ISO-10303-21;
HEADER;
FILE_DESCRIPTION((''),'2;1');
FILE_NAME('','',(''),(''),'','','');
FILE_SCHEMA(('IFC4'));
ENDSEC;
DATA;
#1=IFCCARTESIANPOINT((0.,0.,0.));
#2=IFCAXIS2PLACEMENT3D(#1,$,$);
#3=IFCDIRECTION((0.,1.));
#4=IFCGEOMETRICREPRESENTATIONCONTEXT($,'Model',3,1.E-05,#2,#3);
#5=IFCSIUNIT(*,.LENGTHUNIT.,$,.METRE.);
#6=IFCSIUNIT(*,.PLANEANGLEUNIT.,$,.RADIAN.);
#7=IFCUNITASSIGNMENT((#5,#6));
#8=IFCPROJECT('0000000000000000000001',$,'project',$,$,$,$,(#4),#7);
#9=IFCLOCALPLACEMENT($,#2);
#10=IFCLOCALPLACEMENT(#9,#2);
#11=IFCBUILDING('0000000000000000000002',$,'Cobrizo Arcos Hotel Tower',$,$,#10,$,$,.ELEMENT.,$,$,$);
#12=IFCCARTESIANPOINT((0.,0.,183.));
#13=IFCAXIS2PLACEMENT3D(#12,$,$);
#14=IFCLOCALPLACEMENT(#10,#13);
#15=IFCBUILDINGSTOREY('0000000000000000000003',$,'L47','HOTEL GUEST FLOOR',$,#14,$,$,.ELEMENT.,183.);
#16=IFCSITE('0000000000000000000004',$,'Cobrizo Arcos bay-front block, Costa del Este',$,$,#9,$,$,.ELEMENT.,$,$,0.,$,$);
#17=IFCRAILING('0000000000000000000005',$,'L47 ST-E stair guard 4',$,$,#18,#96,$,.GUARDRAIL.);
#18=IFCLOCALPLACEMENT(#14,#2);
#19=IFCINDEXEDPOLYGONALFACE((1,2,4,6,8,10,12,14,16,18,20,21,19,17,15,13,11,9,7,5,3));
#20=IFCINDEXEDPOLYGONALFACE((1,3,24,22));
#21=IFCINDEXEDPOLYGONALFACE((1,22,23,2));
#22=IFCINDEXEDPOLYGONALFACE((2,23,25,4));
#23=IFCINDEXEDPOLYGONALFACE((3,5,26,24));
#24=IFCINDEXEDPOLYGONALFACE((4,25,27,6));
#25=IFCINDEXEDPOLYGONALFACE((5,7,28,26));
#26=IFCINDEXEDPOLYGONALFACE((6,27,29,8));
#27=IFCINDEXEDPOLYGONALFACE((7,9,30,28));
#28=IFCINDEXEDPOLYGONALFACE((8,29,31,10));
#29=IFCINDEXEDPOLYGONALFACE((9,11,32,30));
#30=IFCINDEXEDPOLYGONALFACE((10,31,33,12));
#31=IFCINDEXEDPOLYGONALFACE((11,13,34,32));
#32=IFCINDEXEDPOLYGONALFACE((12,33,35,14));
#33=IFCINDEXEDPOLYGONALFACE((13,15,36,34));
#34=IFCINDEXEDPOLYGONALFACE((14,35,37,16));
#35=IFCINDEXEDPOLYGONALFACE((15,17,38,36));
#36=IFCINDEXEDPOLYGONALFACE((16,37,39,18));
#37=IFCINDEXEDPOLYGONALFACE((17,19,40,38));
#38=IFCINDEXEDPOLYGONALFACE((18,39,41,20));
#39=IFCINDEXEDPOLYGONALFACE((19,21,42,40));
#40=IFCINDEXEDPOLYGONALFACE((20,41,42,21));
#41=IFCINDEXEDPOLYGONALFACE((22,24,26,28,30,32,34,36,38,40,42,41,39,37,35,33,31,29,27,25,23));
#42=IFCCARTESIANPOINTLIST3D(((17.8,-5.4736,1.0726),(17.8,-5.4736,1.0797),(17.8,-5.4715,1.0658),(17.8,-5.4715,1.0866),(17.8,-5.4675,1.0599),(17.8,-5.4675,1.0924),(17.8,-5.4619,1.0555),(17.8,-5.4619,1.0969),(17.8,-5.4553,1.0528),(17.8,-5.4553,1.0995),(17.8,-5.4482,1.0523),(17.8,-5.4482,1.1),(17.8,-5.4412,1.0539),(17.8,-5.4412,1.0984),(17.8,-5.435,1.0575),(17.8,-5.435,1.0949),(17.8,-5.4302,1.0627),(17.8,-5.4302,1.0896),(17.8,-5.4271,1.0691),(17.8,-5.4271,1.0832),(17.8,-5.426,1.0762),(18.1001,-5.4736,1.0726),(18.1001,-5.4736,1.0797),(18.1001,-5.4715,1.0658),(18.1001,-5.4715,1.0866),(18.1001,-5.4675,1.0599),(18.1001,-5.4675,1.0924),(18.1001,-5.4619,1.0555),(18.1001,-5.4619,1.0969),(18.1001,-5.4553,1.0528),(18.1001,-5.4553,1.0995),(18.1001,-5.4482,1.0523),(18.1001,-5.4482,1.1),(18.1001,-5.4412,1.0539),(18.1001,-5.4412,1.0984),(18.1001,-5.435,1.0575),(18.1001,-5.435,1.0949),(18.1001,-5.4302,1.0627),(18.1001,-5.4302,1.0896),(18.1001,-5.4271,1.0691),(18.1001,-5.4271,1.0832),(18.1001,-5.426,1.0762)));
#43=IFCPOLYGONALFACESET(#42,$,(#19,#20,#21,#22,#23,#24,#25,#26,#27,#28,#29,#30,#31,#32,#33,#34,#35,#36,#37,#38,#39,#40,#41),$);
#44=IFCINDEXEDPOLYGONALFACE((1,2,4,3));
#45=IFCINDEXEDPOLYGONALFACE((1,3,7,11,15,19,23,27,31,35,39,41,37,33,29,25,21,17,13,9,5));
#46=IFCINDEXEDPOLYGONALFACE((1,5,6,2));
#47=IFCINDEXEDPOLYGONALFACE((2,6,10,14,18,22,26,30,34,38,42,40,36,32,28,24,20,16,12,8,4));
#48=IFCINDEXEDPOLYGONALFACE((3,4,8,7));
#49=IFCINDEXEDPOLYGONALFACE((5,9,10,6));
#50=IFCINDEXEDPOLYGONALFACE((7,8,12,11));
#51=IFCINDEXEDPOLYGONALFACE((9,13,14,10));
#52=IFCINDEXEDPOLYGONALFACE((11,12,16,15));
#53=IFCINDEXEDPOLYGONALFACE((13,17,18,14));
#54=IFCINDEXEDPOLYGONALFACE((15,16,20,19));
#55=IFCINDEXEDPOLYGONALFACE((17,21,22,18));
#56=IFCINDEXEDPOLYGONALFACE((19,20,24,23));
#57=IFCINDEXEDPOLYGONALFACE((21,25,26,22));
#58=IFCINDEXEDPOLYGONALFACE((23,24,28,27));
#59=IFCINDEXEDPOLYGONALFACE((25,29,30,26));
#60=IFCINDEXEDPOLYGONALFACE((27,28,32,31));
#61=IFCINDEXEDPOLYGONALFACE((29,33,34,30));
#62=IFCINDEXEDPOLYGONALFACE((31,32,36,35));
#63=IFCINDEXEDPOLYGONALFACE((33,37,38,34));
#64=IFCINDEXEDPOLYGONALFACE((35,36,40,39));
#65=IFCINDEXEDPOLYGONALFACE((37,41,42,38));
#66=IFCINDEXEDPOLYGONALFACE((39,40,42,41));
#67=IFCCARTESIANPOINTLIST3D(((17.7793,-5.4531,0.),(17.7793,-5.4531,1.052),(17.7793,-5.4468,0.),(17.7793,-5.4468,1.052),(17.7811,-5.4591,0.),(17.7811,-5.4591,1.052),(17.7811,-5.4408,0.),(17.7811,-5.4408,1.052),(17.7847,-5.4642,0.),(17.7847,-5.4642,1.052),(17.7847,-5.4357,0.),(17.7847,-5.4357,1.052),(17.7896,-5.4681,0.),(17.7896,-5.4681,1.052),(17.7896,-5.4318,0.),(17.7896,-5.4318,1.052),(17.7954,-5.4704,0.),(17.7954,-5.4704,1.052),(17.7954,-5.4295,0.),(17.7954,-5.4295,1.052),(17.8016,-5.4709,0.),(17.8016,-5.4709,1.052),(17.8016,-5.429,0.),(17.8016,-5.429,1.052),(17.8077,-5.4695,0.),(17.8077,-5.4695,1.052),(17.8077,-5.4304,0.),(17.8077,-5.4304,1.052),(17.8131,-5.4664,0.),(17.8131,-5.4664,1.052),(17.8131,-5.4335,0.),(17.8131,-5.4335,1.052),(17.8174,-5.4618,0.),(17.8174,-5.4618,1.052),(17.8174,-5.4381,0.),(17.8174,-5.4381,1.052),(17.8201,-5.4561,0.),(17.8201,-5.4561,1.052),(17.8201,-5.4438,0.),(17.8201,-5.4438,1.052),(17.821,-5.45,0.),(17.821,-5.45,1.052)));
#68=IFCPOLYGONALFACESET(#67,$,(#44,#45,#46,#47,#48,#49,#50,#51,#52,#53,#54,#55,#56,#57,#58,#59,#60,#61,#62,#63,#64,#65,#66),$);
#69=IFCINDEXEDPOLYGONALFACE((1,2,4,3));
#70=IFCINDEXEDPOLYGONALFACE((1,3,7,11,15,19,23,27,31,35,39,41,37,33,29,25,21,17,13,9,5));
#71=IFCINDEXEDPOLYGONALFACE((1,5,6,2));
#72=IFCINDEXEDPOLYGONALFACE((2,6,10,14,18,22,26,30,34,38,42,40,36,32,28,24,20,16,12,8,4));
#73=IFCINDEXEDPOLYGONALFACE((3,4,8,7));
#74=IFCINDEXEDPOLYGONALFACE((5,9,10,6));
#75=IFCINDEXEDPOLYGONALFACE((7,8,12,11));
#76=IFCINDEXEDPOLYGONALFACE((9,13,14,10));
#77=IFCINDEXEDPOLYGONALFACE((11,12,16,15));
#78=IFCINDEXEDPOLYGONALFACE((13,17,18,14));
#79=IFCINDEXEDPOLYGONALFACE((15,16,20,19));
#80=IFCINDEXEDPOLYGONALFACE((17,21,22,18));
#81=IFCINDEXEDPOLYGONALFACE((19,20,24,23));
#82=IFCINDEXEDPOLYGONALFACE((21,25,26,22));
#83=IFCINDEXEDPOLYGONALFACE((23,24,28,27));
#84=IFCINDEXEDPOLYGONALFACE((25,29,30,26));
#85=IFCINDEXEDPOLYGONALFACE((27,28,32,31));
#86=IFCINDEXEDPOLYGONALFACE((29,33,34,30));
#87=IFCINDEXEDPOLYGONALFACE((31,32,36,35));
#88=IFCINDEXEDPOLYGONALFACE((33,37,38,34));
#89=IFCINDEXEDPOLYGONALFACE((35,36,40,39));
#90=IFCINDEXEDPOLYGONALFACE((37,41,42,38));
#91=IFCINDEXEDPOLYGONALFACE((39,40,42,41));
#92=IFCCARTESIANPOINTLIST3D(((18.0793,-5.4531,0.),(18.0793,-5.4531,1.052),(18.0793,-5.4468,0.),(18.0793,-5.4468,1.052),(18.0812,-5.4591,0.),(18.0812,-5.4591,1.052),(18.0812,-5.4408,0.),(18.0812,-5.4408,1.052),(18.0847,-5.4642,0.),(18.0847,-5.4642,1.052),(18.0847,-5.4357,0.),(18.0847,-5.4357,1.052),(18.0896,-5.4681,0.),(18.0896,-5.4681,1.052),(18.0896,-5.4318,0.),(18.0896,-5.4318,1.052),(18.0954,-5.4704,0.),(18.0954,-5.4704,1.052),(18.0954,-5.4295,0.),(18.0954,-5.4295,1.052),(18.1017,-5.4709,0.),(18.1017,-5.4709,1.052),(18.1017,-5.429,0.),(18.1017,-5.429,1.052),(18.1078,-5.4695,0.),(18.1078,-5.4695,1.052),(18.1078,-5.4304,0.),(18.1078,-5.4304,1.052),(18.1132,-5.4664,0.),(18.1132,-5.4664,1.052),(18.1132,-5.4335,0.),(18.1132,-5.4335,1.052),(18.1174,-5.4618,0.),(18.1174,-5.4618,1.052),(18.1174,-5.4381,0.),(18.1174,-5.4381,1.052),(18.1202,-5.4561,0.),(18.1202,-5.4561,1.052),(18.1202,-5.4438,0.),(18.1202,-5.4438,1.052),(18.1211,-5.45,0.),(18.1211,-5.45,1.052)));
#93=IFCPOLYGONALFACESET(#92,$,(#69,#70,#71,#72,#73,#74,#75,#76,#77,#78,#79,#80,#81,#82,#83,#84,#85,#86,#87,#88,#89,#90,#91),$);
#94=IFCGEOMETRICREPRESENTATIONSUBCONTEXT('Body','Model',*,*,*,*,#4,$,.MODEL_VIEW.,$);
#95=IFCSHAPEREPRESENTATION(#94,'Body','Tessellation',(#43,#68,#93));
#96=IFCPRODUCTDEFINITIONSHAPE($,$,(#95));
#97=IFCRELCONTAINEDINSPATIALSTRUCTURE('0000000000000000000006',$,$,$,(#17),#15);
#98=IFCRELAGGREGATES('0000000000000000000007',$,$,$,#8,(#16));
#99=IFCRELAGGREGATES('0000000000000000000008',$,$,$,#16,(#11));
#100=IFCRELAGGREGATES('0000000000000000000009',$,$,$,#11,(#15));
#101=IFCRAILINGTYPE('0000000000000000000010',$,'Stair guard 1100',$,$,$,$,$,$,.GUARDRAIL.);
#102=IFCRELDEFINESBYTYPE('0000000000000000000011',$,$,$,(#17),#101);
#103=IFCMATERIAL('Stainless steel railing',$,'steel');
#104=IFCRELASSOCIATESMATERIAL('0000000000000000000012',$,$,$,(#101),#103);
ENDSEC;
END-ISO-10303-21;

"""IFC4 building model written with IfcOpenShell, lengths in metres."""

from ifc_helpers import new_model, si_unit, direction, frame, origin, origin_2d, place, context, subcontext, project, spatial, circle, extrude, material, type_object, element, save


model = new_model("IFC4")

# Units and contexts
model_context = context("Model", 3, precision=1e-05, world=origin(), true_north=direction((0.0, 1.0)))
body_context = subcontext(model_context, "Body", "Model", "MODEL_VIEW")
ifc_project = project(units=[si_unit("LENGTHUNIT", "METRE"), si_unit("PLANEANGLEUNIT", "RADIAN")], contexts=[model_context])

# Site, building, storey
site_placement = place(None, origin())
site = spatial("IfcSite", under=ifc_project, at=site_placement, Name="Cobrizo Arcos bay-front block, Costa del Este", CompositionType="ELEMENT", RefElevation=0.0)
building_placement = place(site_placement, origin())
building = spatial("IfcBuilding", under=site, at=building_placement, Name="Cobrizo Arcos Hotel Tower", CompositionType="ELEMENT")
storey_placement = place(building_placement, frame((0.0, 0.0, 183.0)))
storey = spatial("IfcBuildingStorey", under=building, at=storey_placement, Name="L47", Description="HOTEL GUEST FLOOR", CompositionType="ELEMENT", Elevation=183.0)

# Railing
ifc_material_1 = material(Name="Stainless steel railing", Category="steel")
railing_type_1 = type_object("IfcRailingType", Name="Stair guard 1100", PredefinedType="GUARDRAIL", material=ifc_material_1)
railing_1_placement = place(storey_placement, frame((17.8, -5.45, 0.0)))
element("IfcRailing", 1, at=railing_1_placement, inside=storey, type_object=railing_type_1, Name="L47 ST-E stair guard 4", PredefinedType="GUARDRAIL", context=body_context, shape_type="SweptSolid", body=[
    extrude(circle(Radius=0.0239, at=origin_2d()), frame((0.0, 0.0, 1.0762), z_axis=(1.0, 0.0, 0.0), x_axis=(0.0, 1.0, 0.0)), (0.0, 0.0, 1.0), 0.3),
    extrude(circle(Radius=0.021, at=origin_2d()), origin(), (0.0, 0.0, 1.0), 1.052),
    extrude(circle(Radius=0.021, at=origin_2d()), frame((0.3, 0.0, 0.0)), (0.0, 0.0, 1.0), 1.052),
])

save(model, "model.ifc")
